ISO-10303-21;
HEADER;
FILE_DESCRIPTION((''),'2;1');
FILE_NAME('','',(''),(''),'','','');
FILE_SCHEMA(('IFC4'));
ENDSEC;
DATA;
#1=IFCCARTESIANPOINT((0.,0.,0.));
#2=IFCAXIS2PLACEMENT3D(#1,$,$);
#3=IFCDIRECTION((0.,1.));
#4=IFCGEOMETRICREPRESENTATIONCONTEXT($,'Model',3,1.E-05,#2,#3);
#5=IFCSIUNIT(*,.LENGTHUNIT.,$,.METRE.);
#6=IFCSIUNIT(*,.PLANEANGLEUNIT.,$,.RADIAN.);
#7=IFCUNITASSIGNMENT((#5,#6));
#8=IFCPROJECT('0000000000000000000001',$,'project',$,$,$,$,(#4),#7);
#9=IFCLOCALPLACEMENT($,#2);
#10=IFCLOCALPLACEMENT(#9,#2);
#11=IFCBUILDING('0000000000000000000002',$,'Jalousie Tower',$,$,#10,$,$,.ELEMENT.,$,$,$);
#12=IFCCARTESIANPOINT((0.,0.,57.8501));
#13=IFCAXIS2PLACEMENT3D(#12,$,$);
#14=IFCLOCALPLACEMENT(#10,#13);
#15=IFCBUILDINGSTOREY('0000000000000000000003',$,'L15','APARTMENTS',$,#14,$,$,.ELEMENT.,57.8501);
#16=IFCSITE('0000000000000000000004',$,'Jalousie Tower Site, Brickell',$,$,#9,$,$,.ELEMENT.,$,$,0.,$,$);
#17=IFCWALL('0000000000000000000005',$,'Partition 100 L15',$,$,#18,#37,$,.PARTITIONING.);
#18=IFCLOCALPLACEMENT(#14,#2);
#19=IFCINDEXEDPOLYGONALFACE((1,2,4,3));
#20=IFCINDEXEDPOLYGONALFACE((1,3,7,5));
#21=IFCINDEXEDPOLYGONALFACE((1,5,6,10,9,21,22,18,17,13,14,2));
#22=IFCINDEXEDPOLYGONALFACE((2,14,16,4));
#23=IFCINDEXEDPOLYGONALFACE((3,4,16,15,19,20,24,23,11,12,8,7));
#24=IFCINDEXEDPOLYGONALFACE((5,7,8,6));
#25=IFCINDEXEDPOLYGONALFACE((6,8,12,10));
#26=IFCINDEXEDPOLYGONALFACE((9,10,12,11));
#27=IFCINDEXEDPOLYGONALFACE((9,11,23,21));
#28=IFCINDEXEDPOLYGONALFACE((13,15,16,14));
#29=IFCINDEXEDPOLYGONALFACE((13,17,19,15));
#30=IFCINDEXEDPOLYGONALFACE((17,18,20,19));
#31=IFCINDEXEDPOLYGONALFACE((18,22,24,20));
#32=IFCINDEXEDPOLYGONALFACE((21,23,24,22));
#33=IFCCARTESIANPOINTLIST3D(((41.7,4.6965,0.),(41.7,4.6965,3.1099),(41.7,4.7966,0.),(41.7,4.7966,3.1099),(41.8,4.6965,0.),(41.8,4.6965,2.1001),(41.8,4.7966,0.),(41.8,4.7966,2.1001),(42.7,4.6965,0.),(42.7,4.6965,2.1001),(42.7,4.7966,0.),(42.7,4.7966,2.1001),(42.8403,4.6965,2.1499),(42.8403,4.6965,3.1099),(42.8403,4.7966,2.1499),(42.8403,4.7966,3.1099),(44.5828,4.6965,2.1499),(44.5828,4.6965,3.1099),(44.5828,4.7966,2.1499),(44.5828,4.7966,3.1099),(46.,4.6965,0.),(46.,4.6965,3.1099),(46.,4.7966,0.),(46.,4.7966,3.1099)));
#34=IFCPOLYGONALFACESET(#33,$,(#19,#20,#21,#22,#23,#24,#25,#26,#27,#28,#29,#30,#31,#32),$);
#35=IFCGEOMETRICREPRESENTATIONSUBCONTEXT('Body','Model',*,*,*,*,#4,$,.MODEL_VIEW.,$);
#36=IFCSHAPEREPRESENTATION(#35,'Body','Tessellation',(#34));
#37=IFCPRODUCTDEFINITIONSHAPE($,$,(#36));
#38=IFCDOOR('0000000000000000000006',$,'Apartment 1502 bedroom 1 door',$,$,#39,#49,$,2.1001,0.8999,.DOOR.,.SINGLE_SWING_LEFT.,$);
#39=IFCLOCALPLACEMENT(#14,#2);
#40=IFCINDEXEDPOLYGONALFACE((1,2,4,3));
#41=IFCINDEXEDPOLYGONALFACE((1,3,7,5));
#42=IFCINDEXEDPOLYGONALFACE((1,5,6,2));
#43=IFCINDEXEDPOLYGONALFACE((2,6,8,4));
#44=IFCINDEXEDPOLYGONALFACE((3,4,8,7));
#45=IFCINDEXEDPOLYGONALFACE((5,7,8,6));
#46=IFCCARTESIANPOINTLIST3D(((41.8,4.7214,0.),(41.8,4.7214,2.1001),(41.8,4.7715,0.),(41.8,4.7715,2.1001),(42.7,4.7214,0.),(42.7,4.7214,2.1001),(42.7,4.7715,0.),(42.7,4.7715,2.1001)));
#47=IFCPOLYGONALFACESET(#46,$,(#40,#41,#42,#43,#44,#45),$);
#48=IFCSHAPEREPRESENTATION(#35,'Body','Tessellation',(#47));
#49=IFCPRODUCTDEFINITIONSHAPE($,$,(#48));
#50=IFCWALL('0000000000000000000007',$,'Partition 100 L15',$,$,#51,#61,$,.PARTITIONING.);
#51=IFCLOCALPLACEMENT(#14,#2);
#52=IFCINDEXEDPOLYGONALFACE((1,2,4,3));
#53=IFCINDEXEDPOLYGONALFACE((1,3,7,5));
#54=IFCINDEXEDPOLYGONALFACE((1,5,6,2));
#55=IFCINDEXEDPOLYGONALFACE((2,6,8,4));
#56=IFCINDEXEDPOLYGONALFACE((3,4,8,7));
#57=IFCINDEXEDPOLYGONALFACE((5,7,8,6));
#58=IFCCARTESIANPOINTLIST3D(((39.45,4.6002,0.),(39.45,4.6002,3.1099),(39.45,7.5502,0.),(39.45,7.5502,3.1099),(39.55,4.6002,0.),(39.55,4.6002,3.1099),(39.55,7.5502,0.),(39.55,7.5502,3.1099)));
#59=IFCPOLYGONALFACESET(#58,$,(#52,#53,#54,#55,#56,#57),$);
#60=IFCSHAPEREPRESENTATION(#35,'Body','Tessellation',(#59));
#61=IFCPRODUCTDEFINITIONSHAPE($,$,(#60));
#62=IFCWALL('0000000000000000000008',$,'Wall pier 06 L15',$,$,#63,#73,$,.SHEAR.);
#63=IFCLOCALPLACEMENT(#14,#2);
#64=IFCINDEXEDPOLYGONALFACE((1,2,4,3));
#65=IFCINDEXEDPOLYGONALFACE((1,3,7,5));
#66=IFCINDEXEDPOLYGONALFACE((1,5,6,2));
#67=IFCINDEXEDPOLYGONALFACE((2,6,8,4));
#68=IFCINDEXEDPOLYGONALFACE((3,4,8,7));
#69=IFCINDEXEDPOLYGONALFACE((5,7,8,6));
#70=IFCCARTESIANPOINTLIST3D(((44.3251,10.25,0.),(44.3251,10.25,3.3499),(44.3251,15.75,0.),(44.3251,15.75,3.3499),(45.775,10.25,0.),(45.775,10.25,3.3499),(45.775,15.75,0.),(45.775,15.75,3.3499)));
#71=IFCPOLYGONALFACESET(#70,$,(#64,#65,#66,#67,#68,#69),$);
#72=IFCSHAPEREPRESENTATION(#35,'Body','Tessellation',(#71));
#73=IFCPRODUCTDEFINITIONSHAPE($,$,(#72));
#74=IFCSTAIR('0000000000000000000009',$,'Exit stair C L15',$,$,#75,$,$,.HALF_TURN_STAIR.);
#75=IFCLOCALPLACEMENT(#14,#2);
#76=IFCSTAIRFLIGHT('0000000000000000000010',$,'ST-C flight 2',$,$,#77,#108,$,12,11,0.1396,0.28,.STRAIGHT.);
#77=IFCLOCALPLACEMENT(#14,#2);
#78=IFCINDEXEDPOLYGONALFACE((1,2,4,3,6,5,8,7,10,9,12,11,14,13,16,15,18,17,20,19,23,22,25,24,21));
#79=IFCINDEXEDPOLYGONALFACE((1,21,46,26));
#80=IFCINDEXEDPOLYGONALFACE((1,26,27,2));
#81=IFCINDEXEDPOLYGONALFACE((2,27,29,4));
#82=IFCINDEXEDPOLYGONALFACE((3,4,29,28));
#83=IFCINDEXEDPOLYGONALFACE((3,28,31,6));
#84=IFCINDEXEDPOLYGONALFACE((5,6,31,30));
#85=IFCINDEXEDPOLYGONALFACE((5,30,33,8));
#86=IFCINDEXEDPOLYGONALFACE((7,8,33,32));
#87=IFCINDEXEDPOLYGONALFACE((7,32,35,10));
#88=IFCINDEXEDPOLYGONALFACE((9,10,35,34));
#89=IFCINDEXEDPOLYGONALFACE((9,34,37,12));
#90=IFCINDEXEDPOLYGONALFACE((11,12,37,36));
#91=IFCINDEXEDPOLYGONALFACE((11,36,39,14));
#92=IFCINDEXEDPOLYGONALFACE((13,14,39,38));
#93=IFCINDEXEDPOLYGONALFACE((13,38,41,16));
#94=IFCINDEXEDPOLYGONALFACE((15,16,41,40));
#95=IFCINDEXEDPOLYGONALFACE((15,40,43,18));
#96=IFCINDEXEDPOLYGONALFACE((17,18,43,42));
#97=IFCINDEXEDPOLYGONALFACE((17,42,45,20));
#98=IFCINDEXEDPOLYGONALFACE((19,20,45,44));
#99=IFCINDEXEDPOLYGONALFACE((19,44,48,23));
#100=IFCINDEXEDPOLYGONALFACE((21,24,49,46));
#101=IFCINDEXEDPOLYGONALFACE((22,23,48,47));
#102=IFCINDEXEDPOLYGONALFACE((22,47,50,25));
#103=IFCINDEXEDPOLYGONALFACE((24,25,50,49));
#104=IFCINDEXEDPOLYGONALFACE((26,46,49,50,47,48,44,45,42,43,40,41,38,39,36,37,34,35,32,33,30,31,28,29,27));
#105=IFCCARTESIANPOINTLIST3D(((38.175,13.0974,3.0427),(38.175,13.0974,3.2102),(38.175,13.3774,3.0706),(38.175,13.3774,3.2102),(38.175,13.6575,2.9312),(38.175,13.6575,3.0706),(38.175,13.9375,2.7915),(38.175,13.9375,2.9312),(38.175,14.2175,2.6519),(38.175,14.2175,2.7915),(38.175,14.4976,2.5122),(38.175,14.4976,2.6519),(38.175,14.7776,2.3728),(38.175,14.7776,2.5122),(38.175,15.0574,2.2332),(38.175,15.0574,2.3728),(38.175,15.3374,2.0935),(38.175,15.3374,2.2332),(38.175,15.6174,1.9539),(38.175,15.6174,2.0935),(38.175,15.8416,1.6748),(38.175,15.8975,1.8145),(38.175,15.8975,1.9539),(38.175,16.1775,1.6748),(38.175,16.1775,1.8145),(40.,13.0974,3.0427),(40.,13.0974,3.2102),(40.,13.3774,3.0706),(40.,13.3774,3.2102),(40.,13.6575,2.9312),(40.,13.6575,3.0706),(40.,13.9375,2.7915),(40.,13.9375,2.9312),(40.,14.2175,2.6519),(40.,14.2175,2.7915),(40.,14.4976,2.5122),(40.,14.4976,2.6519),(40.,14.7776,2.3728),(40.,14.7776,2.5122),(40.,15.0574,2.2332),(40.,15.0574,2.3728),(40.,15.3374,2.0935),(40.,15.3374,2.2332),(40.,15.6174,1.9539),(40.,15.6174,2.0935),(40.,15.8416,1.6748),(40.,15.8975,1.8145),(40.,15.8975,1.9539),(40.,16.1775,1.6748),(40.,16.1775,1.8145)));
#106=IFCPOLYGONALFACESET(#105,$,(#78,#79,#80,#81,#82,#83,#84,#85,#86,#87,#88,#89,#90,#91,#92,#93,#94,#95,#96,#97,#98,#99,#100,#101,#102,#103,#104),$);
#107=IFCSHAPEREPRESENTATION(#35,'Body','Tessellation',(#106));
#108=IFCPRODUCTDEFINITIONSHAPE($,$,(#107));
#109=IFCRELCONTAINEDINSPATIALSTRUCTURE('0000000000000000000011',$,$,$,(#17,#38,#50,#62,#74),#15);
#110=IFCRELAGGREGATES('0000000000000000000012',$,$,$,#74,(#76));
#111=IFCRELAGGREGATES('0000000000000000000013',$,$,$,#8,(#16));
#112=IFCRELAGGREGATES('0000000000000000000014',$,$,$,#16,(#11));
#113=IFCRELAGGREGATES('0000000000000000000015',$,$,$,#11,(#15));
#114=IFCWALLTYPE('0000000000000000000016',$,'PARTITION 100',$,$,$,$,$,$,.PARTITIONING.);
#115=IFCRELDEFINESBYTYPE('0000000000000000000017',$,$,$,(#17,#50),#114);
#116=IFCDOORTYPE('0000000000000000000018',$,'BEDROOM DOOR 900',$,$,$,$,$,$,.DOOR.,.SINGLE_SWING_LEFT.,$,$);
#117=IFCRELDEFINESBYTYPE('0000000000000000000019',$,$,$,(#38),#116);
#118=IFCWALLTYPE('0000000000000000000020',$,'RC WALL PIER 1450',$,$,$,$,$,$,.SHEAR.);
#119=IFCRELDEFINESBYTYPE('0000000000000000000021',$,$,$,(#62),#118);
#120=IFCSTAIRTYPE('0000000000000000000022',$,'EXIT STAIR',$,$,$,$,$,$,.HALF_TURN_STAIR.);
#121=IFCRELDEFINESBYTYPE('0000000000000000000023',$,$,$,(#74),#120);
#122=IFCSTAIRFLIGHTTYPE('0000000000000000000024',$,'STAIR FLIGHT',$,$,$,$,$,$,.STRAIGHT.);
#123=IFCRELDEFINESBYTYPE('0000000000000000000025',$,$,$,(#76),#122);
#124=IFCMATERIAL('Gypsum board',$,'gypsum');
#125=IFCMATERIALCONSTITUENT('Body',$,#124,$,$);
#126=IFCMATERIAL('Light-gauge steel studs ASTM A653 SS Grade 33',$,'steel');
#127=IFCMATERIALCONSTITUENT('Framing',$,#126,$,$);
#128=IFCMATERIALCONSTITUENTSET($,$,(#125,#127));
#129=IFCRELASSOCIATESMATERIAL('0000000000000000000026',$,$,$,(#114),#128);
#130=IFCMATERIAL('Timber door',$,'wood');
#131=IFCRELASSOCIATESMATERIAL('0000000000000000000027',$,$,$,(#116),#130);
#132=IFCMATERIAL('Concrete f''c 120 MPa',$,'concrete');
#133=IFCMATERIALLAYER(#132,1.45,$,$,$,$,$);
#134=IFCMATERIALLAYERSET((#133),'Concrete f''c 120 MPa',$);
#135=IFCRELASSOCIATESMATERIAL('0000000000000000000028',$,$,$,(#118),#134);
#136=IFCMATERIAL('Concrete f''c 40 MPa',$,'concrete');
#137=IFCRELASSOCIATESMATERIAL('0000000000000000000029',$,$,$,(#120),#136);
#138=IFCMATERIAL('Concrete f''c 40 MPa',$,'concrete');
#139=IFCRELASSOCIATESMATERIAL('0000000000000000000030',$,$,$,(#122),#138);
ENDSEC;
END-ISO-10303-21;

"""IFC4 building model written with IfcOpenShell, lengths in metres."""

from ifc_helpers import new_model, si_unit, direction, frame, frame_2d, origin, place, context, subcontext, project, spatial, polyline, rectangle, outline, extrude, material, layer, layer_set, constituent, constituent_set, type_object, element, fill, aggregate, save


model = new_model("IFC4")

# Units and contexts
model_context = context("Model", 3, precision=1e-05, world=origin(), true_north=direction((0.0, 1.0)))
body_context = subcontext(model_context, "Body", "Model", "MODEL_VIEW")
ifc_project = project(units=[si_unit("LENGTHUNIT", "METRE"), si_unit("PLANEANGLEUNIT", "RADIAN")], contexts=[model_context])

# Site, building, storey
site_placement = place(None, origin())
site = spatial("IfcSite", under=ifc_project, at=site_placement, Name="Jalousie Tower Site, Brickell", CompositionType="ELEMENT", RefElevation=0.0)
building_placement = place(site_placement, origin())
building = spatial("IfcBuilding", under=site, at=building_placement, Name="Jalousie Tower", CompositionType="ELEMENT")
storey_placement = place(building_placement, frame((0.0, 0.0, 57.8501)))
storey = spatial("IfcBuildingStorey", under=building, at=storey_placement, Name="L15", Description="APARTMENTS", CompositionType="ELEMENT", Elevation=57.8501)

# Wall, opening, door
ifc_material_1 = material(Name="Gypsum board", Category="gypsum")
ifc_constituent_1 = constituent(ifc_material_1, Name="Body")
ifc_material_2 = material(Name="Light-gauge steel studs ASTM A653 SS Grade 33", Category="steel")
ifc_constituent_2 = constituent(ifc_material_2, Name="Framing")
ifc_constituent_set_1 = constituent_set(constituents=[ifc_constituent_1, ifc_constituent_2])
wall_type_1 = type_object("IfcWallType", Name="PARTITION 100", PredefinedType="PARTITIONING", material=ifc_constituent_set_1)
wall_1_placement = place(storey_placement, frame((41.7, 4.7466, 0.0), z_axis=(0.0, 0.0, 1.0), x_axis=(1.0, 0.0, 0.0)))
wall_1 = element("IfcWall", 1, at=wall_1_placement, inside=storey, type_object=wall_type_1, Name="Partition 100 L15", PredefinedType="PARTITIONING", context=body_context, shape_type="SweptSolid", body=[
    extrude(outline(polyline([(0.0, 0.0), (4.3, 0.0), (4.3, 3.1099), (2.8828, 3.1099), (2.8828, 2.1499), (1.1404, 2.1499), (1.1404, 3.1099), (0.0, 3.1099), (0.0, 0.0)])), frame((0.0, 0.05, 0.0), z_axis=(0.0, -1.0, 0.0), x_axis=(1.0, 0.0, 0.0)), (0.0, 0.0, 1.0), 0.1001),
])
opening_1_placement = place(wall_1_placement, frame((0.1001, 0.0, 0.0)))
opening_1 = element("IfcOpeningElement", 2, at=opening_1_placement, cuts=wall_1, PredefinedType="OPENING", context=body_context, shape_type="SweptSolid", body=[
    extrude(rectangle(XDim=0.8999, YDim=2.1001, at=frame_2d((0.45, 1.05))), frame((0.0, 0.0601, 0.0), z_axis=(0.0, -1.0, 0.0), x_axis=(1.0, 0.0, 0.0)), (0.0, 0.0, 1.0), 0.1201),
])
ifc_material_3 = material(Name="Timber door", Category="wood")
door_type_1 = type_object("IfcDoorType", Name="BEDROOM DOOR 900", OperationType="SINGLE_SWING_LEFT", PredefinedType="DOOR", material=ifc_material_3)
door_1_placement = place(opening_1_placement, origin())
door_1 = element("IfcDoor", 3, at=door_1_placement, inside=storey, type_object=door_type_1, Name="Apartment 1502 bedroom 1 door", OperationType="SINGLE_SWING_LEFT", OverallHeight=2.1001, OverallWidth=0.8999, PredefinedType="DOOR", context=body_context, shape_type="SweptSolid", body=[
    extrude(rectangle(XDim=0.8999, YDim=2.1001, at=frame_2d((0.45, 1.05))), frame((0.0, 0.0249, 0.0), z_axis=(0.0, -1.0, 0.0), x_axis=(1.0, 0.0, 0.0)), (0.0, 0.0, 1.0), 0.05),
])
fill(opening_1, door_1)

# Walls
wall_2_placement = place(storey_placement, frame((39.5, 4.6001, 0.0), z_axis=(0.0, 0.0, 1.0), x_axis=(0.0, 1.0, 0.0)))
element("IfcWall", 4, at=wall_2_placement, inside=storey, type_object=wall_type_1, Name="Partition 100 L15", PredefinedType="PARTITIONING", context=body_context, shape_type="SweptSolid", body=[
    extrude(rectangle(XDim=2.95, YDim=0.1001, at=frame_2d((1.4751, 0.0))), origin(), (0.0, 0.0, 1.0), 3.1099),
])
ifc_material_4 = material(Name="Concrete f'c 120 MPa", Category="concrete")
ifc_layer_1 = layer(ifc_material_4, 1.45)
ifc_layer_set_1 = layer_set([ifc_layer_1], Name="Concrete f'c 120 MPa")
wall_type_2 = type_object("IfcWallType", Name="RC WALL PIER 1450", PredefinedType="SHEAR", material=ifc_layer_set_1)
wall_3_placement = place(storey_placement, frame((45.05, 10.25, 0.0), z_axis=(0.0, 0.0, 1.0), x_axis=(0.0, 1.0, 0.0)))
element("IfcWall", 5, at=wall_3_placement, inside=storey, type_object=wall_type_2, Name="Wall pier 06 L15", PredefinedType="SHEAR", context=body_context, shape_type="SweptSolid", body=[
    extrude(rectangle(XDim=5.5, YDim=1.45, at=frame_2d((2.75, 0.0))), origin(), (0.0, 0.0, 1.0), 3.3499),
])

# Stair, stair flight
ifc_material_5 = material(Name="Concrete f'c 40 MPa", Category="concrete")
stair_type = type_object("IfcStairType", Name="EXIT STAIR", PredefinedType="HALF_TURN_STAIR", material=ifc_material_5)
stair_placement = place(storey_placement, origin())
stair = element("IfcStair", 6, at=stair_placement, inside=storey, type_object=stair_type, Name="Exit stair C L15", PredefinedType="HALF_TURN_STAIR")
ifc_material_6 = material(Name="Concrete f'c 40 MPa", Category="concrete")
stair_flight_type = type_object("IfcStairFlightType", Name="STAIR FLIGHT", PredefinedType="STRAIGHT", material=ifc_material_6)
stair_flight_placement = place(storey_placement, frame((39.0874, 16.1775, 1.6748), z_axis=(0.0, 0.0, 1.0), x_axis=(0.0, -1.0, 0.0)))
stair_flight = element("IfcStairFlight", 7, at=stair_flight_placement, type_object=stair_flight_type, Name="ST-C flight 2", NumberOfRisers=12, NumberOfTreads=11, PredefinedType="STRAIGHT", RiserHeight=0.1396, TreadLength=0.28, context=body_context, shape_type="SweptSolid", body=[
    extrude(outline(polyline([(0.0, 0.0), (0.0, 0.1396), (0.28, 0.1396), (0.28, 0.2791), (0.5601, 0.2791), (0.5601, 0.4187), (0.8401, 0.4187), (0.8401, 0.5583), (1.1201, 0.5583), (1.1201, 0.698), (1.3999, 0.698), (1.3999, 0.8374), (1.6799, 0.8374), (1.6799, 0.9771), (1.96, 0.9771), (1.96, 1.1167), (2.24, 1.1167), (2.24, 1.2563), (2.52, 1.2563), (2.52, 1.3958), (2.8, 1.3958), (2.8, 1.5354), (3.0801, 1.5354), (3.0801, 1.675), (3.0801, 1.3679), (0.3359, 0.0), (0.0, 0.0)])), frame((0.0, 0.9126, 0.0), z_axis=(0.0, -1.0, 0.0), x_axis=(1.0, 0.0, 0.0)), (0.0, 0.0, 1.0), 1.825),
])
aggregate(stair, [stair_flight])

save(model, "model.ifc")
